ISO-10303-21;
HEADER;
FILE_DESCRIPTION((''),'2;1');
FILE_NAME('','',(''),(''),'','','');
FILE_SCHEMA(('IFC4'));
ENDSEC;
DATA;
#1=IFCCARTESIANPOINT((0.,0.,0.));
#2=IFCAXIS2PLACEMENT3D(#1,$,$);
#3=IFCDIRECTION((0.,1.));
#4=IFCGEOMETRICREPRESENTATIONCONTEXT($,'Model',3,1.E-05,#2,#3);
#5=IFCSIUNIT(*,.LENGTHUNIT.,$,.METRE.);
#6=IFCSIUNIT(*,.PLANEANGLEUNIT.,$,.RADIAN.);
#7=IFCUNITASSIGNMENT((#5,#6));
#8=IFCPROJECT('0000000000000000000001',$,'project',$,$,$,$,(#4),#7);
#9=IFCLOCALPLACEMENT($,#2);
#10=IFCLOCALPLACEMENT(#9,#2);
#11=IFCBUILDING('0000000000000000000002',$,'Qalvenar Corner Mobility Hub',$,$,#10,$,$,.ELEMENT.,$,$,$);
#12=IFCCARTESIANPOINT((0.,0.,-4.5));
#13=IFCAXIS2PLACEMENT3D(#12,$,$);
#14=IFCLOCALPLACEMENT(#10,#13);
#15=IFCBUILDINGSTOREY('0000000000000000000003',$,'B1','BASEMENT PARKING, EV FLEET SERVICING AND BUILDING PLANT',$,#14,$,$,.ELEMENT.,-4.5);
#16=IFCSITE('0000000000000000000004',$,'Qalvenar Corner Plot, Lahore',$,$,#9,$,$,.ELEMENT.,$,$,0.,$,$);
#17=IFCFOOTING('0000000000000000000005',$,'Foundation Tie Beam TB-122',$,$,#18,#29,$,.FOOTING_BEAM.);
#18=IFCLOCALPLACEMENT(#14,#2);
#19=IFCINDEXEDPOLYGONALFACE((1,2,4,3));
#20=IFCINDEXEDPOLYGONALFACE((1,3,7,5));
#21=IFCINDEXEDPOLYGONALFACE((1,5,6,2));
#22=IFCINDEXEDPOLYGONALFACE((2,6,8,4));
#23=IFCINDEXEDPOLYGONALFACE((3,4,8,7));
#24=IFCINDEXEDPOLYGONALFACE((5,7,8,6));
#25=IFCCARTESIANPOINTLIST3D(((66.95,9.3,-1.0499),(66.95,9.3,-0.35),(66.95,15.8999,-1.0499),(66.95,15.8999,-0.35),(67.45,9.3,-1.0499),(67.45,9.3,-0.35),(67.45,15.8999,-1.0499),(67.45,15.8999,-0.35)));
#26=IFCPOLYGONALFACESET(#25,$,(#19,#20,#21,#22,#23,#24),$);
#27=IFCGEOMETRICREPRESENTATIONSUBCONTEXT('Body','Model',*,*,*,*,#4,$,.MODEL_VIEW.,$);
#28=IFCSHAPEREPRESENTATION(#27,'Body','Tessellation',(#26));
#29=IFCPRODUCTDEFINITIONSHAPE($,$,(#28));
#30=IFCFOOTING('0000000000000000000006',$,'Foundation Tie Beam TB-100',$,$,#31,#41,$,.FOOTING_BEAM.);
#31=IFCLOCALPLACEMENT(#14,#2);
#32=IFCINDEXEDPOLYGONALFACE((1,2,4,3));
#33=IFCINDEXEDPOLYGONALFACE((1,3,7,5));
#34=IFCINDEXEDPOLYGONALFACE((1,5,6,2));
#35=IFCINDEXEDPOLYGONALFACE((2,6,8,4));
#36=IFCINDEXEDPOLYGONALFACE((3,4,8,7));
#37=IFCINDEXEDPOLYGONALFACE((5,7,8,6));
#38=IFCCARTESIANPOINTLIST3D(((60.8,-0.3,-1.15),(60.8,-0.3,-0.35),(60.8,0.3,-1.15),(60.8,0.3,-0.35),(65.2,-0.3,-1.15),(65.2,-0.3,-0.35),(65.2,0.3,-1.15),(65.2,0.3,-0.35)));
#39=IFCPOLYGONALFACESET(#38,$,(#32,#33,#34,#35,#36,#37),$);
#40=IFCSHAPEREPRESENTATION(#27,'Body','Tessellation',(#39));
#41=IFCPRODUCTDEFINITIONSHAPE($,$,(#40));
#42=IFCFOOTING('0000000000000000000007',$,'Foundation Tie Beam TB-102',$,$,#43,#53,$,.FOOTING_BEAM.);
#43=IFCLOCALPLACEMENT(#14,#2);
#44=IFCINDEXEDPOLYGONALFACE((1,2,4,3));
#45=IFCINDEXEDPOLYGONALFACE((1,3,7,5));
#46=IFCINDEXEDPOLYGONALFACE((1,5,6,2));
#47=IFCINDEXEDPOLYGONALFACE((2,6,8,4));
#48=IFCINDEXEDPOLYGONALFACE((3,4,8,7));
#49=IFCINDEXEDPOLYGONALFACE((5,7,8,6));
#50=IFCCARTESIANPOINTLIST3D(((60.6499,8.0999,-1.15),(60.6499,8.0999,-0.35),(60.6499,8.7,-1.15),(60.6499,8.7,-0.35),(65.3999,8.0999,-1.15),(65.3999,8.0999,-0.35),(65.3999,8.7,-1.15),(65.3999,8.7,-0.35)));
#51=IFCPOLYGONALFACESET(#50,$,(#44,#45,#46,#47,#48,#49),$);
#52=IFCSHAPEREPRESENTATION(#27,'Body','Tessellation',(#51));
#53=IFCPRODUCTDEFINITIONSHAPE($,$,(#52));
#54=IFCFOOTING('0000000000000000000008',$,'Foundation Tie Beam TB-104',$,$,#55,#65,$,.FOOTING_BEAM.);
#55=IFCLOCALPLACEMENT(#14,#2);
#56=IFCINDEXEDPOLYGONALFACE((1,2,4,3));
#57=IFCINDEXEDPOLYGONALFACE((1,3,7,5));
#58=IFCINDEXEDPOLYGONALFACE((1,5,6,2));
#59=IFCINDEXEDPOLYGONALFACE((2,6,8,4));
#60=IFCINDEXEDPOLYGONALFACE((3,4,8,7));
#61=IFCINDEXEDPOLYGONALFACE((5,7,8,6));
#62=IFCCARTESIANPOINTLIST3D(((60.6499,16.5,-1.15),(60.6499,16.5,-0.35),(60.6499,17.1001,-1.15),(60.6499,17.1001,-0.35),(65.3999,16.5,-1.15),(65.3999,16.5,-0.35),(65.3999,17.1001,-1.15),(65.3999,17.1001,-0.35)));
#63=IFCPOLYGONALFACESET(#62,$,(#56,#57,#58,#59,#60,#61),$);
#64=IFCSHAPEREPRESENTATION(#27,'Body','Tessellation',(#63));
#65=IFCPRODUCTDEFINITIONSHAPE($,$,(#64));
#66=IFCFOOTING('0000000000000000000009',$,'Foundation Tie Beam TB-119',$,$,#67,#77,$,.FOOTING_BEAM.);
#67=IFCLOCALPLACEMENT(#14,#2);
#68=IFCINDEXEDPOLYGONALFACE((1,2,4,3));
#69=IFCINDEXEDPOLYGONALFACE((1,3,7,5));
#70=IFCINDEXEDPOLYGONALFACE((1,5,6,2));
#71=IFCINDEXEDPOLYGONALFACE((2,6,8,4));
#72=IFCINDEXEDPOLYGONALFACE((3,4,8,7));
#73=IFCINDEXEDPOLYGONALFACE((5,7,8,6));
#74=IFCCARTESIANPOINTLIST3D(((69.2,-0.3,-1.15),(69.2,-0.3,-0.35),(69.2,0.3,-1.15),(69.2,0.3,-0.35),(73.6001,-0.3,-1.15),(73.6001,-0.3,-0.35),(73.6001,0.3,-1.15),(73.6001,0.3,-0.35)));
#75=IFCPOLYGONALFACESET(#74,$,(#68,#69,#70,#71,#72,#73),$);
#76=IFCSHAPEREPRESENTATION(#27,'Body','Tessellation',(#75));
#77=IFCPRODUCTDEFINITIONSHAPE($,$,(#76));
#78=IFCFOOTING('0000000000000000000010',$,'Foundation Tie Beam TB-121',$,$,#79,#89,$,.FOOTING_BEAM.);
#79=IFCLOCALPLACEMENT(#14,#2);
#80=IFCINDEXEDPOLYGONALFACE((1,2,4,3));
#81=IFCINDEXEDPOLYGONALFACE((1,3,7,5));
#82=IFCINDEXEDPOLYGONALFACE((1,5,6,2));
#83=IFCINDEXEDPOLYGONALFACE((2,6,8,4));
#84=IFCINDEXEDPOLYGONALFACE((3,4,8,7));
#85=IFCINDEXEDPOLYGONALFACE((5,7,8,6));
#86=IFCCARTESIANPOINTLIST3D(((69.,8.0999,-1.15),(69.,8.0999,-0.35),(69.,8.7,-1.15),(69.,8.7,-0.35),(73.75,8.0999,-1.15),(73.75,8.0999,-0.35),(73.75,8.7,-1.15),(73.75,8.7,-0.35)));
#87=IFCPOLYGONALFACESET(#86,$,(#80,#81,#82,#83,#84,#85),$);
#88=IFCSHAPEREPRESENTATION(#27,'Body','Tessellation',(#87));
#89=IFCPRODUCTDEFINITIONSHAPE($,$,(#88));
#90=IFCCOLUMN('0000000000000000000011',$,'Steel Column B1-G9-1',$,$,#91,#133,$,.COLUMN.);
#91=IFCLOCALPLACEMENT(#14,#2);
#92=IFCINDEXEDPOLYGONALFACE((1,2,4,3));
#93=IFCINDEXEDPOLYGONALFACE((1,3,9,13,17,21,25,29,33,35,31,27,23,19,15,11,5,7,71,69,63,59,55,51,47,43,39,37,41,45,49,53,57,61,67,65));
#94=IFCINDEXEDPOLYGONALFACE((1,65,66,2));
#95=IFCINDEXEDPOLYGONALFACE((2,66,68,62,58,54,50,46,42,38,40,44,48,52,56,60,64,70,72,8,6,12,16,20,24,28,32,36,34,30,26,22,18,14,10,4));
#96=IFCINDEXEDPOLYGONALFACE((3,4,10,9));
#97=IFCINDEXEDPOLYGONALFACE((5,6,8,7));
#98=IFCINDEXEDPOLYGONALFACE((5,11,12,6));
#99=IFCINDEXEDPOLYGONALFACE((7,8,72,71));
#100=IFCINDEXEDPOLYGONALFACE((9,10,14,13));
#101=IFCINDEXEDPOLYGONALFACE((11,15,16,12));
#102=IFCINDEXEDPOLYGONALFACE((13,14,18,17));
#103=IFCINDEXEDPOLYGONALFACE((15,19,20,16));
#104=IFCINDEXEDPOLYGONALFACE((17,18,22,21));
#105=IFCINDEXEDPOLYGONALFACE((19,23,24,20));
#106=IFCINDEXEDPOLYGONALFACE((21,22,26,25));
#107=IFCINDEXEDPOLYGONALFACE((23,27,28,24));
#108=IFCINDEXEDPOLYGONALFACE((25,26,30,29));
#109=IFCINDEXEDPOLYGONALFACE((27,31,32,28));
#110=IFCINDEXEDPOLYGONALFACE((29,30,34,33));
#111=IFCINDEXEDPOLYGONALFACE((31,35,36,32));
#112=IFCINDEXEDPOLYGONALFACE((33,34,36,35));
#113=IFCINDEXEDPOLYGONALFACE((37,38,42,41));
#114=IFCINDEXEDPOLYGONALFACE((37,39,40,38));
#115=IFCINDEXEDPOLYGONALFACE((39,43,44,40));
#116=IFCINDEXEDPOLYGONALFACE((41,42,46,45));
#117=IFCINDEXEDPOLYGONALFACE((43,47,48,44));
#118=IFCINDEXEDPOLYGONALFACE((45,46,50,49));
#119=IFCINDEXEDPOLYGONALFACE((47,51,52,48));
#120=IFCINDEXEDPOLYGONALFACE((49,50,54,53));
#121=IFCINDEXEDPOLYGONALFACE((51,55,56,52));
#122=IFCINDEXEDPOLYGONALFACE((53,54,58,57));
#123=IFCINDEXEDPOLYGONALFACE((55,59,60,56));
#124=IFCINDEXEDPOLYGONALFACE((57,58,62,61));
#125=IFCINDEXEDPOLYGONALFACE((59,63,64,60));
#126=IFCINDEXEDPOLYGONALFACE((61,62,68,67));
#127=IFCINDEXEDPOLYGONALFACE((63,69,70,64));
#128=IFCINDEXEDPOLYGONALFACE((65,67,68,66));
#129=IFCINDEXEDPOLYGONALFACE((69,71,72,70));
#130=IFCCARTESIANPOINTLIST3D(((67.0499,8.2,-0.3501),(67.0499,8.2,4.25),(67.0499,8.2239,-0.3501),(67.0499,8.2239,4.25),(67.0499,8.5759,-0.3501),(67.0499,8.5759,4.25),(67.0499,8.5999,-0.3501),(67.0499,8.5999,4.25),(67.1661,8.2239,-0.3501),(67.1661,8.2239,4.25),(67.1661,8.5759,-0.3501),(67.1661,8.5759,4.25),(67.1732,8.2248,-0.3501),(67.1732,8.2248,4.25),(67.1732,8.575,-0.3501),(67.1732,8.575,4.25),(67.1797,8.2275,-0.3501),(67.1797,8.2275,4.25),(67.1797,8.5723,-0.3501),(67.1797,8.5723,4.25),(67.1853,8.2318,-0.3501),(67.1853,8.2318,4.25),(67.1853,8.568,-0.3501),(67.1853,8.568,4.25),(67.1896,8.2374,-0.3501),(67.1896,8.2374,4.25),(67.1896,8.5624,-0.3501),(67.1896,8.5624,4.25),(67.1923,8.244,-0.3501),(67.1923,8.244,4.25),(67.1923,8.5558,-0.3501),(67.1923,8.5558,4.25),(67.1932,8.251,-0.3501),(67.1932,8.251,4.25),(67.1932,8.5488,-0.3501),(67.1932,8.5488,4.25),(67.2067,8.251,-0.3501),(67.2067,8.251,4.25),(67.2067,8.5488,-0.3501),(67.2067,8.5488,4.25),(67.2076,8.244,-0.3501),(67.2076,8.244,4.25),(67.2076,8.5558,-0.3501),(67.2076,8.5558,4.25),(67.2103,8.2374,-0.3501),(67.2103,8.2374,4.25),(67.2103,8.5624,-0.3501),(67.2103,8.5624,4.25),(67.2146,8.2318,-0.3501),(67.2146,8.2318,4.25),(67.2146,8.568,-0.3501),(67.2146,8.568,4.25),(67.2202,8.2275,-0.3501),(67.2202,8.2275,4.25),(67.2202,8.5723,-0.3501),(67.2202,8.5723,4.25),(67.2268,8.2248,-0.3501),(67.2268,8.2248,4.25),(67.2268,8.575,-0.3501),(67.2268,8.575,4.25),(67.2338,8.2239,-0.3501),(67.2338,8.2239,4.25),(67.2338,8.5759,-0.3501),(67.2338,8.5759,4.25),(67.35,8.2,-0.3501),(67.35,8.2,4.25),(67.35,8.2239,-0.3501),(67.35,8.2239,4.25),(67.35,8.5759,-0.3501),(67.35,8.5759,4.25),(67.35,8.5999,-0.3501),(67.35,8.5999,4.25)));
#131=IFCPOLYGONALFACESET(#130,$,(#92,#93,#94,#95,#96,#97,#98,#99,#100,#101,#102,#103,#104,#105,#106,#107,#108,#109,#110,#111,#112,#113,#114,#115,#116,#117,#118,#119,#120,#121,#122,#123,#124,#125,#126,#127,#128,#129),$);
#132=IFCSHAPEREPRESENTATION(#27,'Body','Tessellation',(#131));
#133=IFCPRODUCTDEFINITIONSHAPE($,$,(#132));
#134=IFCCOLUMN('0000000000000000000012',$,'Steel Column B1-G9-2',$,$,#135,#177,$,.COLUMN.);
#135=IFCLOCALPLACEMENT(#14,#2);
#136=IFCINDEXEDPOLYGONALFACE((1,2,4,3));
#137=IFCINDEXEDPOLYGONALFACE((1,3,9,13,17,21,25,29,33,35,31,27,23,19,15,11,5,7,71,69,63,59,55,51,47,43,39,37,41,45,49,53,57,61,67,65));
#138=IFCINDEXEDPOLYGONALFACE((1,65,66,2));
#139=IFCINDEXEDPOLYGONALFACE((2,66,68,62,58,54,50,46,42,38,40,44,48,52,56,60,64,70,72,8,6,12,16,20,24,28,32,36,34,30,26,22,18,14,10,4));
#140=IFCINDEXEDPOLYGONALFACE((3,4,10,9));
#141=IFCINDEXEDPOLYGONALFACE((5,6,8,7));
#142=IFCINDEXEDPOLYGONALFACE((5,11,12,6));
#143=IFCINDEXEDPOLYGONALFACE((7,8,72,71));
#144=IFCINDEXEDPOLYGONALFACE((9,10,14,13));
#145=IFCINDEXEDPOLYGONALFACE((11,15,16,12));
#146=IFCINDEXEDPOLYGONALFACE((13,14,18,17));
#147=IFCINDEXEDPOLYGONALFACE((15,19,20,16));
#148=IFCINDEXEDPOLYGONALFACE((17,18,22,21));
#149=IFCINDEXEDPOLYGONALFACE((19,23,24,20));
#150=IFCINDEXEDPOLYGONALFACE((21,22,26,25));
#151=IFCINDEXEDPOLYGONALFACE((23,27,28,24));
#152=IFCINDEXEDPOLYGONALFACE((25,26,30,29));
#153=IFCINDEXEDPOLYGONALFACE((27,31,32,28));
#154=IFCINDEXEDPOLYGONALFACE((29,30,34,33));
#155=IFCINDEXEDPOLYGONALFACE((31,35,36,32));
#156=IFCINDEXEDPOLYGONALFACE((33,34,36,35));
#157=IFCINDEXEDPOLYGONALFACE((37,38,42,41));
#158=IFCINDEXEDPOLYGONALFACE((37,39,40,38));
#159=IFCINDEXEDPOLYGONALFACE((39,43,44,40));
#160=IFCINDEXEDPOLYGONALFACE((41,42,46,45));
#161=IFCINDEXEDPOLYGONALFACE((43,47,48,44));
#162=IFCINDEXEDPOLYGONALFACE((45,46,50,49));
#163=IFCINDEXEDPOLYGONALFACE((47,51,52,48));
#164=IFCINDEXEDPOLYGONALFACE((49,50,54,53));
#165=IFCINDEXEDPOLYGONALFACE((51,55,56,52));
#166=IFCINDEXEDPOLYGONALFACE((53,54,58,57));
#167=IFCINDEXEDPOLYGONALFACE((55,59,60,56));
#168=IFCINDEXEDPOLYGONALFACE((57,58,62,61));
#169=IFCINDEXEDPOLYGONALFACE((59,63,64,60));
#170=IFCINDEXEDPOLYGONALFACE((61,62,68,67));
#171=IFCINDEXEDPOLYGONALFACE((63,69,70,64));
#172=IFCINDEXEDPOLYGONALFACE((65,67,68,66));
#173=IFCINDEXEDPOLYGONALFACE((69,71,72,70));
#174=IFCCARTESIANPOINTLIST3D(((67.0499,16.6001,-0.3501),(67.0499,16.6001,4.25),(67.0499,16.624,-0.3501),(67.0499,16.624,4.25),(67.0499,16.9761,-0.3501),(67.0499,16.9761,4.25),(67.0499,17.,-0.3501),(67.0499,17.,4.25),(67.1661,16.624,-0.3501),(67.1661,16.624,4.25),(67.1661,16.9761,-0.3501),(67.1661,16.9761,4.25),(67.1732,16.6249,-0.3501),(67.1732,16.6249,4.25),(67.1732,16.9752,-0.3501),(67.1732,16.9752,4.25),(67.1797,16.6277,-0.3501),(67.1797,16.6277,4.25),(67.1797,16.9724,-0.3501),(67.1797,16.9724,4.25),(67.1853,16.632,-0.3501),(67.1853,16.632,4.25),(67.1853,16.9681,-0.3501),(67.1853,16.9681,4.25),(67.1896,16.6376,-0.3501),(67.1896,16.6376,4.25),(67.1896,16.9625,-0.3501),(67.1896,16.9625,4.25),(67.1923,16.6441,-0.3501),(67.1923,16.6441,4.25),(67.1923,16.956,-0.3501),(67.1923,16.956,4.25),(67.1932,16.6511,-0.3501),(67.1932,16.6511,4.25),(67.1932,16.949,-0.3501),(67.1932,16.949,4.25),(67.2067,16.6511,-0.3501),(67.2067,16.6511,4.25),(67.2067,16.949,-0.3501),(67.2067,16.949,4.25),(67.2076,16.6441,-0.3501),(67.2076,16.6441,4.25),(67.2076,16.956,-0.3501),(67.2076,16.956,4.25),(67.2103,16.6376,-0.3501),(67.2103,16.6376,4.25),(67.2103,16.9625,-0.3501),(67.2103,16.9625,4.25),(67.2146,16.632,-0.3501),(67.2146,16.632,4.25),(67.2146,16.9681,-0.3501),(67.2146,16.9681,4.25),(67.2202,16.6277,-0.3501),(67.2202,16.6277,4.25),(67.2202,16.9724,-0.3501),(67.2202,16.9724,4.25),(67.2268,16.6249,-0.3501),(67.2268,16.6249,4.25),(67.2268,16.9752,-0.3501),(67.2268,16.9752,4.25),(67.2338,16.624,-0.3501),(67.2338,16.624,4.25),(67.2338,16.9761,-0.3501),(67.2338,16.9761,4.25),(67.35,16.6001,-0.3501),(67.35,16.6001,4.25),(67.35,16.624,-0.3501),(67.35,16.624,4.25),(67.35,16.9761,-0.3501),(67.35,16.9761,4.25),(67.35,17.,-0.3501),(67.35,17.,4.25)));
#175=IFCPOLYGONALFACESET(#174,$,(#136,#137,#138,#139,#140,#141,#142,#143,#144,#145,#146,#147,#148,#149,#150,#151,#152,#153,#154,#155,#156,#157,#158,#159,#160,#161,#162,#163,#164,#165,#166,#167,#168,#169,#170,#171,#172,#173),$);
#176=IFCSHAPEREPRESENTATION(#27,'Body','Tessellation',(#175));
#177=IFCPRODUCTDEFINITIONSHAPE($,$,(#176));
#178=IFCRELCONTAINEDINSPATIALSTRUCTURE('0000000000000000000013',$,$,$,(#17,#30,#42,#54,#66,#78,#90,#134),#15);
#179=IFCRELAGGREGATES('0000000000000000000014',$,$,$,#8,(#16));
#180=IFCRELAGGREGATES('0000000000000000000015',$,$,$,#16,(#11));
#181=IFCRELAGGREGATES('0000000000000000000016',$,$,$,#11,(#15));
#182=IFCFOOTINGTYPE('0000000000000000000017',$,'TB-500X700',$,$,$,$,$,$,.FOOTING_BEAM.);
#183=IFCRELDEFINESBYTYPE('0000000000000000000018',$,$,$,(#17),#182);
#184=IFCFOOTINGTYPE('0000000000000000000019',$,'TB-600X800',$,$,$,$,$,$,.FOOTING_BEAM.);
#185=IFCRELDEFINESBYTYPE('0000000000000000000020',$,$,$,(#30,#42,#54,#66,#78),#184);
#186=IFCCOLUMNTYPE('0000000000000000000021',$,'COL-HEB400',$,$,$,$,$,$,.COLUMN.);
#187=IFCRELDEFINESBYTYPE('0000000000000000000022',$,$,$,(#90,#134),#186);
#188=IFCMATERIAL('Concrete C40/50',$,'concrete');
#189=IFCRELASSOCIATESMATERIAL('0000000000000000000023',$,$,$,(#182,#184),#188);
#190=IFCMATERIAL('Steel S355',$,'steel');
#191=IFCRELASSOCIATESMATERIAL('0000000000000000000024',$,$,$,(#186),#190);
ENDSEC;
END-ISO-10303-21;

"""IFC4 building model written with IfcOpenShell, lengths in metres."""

from ifc_helpers import new_model, si_unit, direction, frame, origin, origin_2d, place, context, subcontext, project, spatial, rectangle, i_section, extrude, material, material_profile, profile_set, type_object, element, save


model = new_model("IFC4")

# Units and contexts
model_context = context("Model", 3, precision=1e-05, world=origin(), true_north=direction((0.0, 1.0)))
body_context = subcontext(model_context, "Body", "Model", "MODEL_VIEW")
ifc_project = project(units=[si_unit("LENGTHUNIT", "METRE"), si_unit("PLANEANGLEUNIT", "RADIAN")], contexts=[model_context])

# Site, building, storey
site_placement = place(None, origin())
site = spatial("IfcSite", under=ifc_project, at=site_placement, Name="Qalvenar Corner Plot, Lahore", CompositionType="ELEMENT", RefElevation=0.0)
building_placement = place(site_placement, origin())
building = spatial("IfcBuilding", under=site, at=building_placement, Name="Qalvenar Corner Mobility Hub", CompositionType="ELEMENT")
storey_placement = place(building_placement, frame((0.0, 0.0, -4.5)))
storey = spatial("IfcBuildingStorey", under=building, at=storey_placement, Name="B1", Description="BASEMENT PARKING, EV FLEET SERVICING AND BUILDING PLANT", CompositionType="ELEMENT", Elevation=-4.5)

# Shared definitions
ifc_material_1 = material(Name="Concrete C40/50", Category="concrete")

# Footings
ifc_material_profile_1 = material_profile(ifc_material_1, rectangle(XDim=0.5, YDim=0.7, at=origin_2d()), Name="RC500x700")
ifc_profile_set_1 = profile_set([ifc_material_profile_1], Name="Concrete C40/50")
footing_type_1 = type_object("IfcFootingType", Name="TB-500X700", PredefinedType="FOOTING_BEAM", material=ifc_profile_set_1)
footing_1_placement = place(storey_placement, frame((67.2, 9.3, -0.7), z_axis=(0.0, 1.0, 0.0), x_axis=(-1.0, 0.0, 0.0)))
element("IfcFooting", 1, at=footing_1_placement, inside=storey, type_object=footing_type_1, Name="Foundation Tie Beam TB-122", PredefinedType="FOOTING_BEAM", context=body_context, shape_type="SweptSolid", body=[
    extrude(rectangle(XDim=0.5, YDim=0.7, at=origin_2d()), origin(), (0.0, 0.0, 1.0), 6.5999),
])
ifc_material_profile_2 = material_profile(ifc_material_1, rectangle(XDim=0.6001, YDim=0.8, at=origin_2d()), Name="RC600x800")
ifc_profile_set_2 = profile_set([ifc_material_profile_2], Name="Concrete C40/50")
footing_type_2 = type_object("IfcFootingType", Name="TB-600X800", PredefinedType="FOOTING_BEAM", material=ifc_profile_set_2)
footing_2_placement = place(storey_placement, frame((60.8, 0.0, -0.75), z_axis=(1.0, 0.0, 0.0), x_axis=(0.0, 1.0, 0.0)))
element("IfcFooting", 2, at=footing_2_placement, inside=storey, type_object=footing_type_2, Name="Foundation Tie Beam TB-100", PredefinedType="FOOTING_BEAM", context=body_context, shape_type="SweptSolid", body=[
    extrude(rectangle(XDim=0.6001, YDim=0.8, at=origin_2d()), origin(), (0.0, 0.0, 1.0), 4.3999),
])
for number, where, z_axis, x_axis, name in (
    (3, (60.6499, 8.3999, -0.75), (1.0, 0.0, 0.0), (0.0, 1.0, 0.0), "Foundation Tie Beam TB-102"),
    (4, (60.6499, 16.8, -0.75), (1.0, 0.0, 0.0), (0.0, 1.0, 0.0), "Foundation Tie Beam TB-104"),
):
    element("IfcFooting", number, at=place(storey_placement, frame(where, z_axis=z_axis, x_axis=x_axis)), inside=storey, type_object=footing_type_2, Name=name, PredefinedType="FOOTING_BEAM", context=body_context, shape_type="SweptSolid", body=[
        extrude(rectangle(XDim=0.6001, YDim=0.8, at=origin_2d()), origin(), (0.0, 0.0, 1.0), 4.75),
    ])
footing_3_placement = place(storey_placement, frame((69.2, 0.0, -0.75), z_axis=(1.0, 0.0, 0.0), x_axis=(0.0, 1.0, 0.0)))
element("IfcFooting", 5, at=footing_3_placement, inside=storey, type_object=footing_type_2, Name="Foundation Tie Beam TB-119", PredefinedType="FOOTING_BEAM", context=body_context, shape_type="SweptSolid", body=[
    extrude(rectangle(XDim=0.6001, YDim=0.8, at=origin_2d()), origin(), (0.0, 0.0, 1.0), 4.4001),
])
footing_4_placement = place(storey_placement, frame((69.0, 8.3999, -0.75), z_axis=(1.0, 0.0, 0.0), x_axis=(0.0, 1.0, 0.0)))
element("IfcFooting", 6, at=footing_4_placement, inside=storey, type_object=footing_type_2, Name="Foundation Tie Beam TB-121", PredefinedType="FOOTING_BEAM", context=body_context, shape_type="SweptSolid", body=[
    extrude(rectangle(XDim=0.6001, YDim=0.8, at=origin_2d()), origin(), (0.0, 0.0, 1.0), 4.75),
])

# Columns
ifc_material_2 = material(Name="Steel S355", Category="steel")
ifc_material_profile_3 = material_profile(ifc_material_2, i_section(OverallWidth=0.3, OverallDepth=0.3999, WebThickness=0.0134, FlangeThickness=0.0239, FilletRadius=0.0271, at=origin_2d()), Name="HEB400")
ifc_profile_set_3 = profile_set([ifc_material_profile_3], Name="Steel S355")
column_type_1 = type_object("IfcColumnType", Name="COL-HEB400", PredefinedType="COLUMN", material=ifc_profile_set_3)
for number, where, z_axis, x_axis, name in (
    (7, (67.2, 8.3999, -0.3501), (0.0, 0.0, 1.0), (1.0, 0.0, 0.0), "Steel Column B1-G9-1"),
    (8, (67.2, 16.8, -0.3501), (0.0, 0.0, 1.0), (1.0, 0.0, 0.0), "Steel Column B1-G9-2"),
):
    element("IfcColumn", number, at=place(storey_placement, frame(where, z_axis=z_axis, x_axis=x_axis)), inside=storey, type_object=column_type_1, Name=name, PredefinedType="COLUMN", context=body_context, shape_type="SweptSolid", body=[
        extrude(i_section(OverallWidth=0.3, OverallDepth=0.3999, WebThickness=0.0134, FlangeThickness=0.0239, FilletRadius=0.0271, at=origin_2d()), origin(), (0.0, 0.0, 1.0), 4.6001),
    ])

save(model, "model.ifc")
